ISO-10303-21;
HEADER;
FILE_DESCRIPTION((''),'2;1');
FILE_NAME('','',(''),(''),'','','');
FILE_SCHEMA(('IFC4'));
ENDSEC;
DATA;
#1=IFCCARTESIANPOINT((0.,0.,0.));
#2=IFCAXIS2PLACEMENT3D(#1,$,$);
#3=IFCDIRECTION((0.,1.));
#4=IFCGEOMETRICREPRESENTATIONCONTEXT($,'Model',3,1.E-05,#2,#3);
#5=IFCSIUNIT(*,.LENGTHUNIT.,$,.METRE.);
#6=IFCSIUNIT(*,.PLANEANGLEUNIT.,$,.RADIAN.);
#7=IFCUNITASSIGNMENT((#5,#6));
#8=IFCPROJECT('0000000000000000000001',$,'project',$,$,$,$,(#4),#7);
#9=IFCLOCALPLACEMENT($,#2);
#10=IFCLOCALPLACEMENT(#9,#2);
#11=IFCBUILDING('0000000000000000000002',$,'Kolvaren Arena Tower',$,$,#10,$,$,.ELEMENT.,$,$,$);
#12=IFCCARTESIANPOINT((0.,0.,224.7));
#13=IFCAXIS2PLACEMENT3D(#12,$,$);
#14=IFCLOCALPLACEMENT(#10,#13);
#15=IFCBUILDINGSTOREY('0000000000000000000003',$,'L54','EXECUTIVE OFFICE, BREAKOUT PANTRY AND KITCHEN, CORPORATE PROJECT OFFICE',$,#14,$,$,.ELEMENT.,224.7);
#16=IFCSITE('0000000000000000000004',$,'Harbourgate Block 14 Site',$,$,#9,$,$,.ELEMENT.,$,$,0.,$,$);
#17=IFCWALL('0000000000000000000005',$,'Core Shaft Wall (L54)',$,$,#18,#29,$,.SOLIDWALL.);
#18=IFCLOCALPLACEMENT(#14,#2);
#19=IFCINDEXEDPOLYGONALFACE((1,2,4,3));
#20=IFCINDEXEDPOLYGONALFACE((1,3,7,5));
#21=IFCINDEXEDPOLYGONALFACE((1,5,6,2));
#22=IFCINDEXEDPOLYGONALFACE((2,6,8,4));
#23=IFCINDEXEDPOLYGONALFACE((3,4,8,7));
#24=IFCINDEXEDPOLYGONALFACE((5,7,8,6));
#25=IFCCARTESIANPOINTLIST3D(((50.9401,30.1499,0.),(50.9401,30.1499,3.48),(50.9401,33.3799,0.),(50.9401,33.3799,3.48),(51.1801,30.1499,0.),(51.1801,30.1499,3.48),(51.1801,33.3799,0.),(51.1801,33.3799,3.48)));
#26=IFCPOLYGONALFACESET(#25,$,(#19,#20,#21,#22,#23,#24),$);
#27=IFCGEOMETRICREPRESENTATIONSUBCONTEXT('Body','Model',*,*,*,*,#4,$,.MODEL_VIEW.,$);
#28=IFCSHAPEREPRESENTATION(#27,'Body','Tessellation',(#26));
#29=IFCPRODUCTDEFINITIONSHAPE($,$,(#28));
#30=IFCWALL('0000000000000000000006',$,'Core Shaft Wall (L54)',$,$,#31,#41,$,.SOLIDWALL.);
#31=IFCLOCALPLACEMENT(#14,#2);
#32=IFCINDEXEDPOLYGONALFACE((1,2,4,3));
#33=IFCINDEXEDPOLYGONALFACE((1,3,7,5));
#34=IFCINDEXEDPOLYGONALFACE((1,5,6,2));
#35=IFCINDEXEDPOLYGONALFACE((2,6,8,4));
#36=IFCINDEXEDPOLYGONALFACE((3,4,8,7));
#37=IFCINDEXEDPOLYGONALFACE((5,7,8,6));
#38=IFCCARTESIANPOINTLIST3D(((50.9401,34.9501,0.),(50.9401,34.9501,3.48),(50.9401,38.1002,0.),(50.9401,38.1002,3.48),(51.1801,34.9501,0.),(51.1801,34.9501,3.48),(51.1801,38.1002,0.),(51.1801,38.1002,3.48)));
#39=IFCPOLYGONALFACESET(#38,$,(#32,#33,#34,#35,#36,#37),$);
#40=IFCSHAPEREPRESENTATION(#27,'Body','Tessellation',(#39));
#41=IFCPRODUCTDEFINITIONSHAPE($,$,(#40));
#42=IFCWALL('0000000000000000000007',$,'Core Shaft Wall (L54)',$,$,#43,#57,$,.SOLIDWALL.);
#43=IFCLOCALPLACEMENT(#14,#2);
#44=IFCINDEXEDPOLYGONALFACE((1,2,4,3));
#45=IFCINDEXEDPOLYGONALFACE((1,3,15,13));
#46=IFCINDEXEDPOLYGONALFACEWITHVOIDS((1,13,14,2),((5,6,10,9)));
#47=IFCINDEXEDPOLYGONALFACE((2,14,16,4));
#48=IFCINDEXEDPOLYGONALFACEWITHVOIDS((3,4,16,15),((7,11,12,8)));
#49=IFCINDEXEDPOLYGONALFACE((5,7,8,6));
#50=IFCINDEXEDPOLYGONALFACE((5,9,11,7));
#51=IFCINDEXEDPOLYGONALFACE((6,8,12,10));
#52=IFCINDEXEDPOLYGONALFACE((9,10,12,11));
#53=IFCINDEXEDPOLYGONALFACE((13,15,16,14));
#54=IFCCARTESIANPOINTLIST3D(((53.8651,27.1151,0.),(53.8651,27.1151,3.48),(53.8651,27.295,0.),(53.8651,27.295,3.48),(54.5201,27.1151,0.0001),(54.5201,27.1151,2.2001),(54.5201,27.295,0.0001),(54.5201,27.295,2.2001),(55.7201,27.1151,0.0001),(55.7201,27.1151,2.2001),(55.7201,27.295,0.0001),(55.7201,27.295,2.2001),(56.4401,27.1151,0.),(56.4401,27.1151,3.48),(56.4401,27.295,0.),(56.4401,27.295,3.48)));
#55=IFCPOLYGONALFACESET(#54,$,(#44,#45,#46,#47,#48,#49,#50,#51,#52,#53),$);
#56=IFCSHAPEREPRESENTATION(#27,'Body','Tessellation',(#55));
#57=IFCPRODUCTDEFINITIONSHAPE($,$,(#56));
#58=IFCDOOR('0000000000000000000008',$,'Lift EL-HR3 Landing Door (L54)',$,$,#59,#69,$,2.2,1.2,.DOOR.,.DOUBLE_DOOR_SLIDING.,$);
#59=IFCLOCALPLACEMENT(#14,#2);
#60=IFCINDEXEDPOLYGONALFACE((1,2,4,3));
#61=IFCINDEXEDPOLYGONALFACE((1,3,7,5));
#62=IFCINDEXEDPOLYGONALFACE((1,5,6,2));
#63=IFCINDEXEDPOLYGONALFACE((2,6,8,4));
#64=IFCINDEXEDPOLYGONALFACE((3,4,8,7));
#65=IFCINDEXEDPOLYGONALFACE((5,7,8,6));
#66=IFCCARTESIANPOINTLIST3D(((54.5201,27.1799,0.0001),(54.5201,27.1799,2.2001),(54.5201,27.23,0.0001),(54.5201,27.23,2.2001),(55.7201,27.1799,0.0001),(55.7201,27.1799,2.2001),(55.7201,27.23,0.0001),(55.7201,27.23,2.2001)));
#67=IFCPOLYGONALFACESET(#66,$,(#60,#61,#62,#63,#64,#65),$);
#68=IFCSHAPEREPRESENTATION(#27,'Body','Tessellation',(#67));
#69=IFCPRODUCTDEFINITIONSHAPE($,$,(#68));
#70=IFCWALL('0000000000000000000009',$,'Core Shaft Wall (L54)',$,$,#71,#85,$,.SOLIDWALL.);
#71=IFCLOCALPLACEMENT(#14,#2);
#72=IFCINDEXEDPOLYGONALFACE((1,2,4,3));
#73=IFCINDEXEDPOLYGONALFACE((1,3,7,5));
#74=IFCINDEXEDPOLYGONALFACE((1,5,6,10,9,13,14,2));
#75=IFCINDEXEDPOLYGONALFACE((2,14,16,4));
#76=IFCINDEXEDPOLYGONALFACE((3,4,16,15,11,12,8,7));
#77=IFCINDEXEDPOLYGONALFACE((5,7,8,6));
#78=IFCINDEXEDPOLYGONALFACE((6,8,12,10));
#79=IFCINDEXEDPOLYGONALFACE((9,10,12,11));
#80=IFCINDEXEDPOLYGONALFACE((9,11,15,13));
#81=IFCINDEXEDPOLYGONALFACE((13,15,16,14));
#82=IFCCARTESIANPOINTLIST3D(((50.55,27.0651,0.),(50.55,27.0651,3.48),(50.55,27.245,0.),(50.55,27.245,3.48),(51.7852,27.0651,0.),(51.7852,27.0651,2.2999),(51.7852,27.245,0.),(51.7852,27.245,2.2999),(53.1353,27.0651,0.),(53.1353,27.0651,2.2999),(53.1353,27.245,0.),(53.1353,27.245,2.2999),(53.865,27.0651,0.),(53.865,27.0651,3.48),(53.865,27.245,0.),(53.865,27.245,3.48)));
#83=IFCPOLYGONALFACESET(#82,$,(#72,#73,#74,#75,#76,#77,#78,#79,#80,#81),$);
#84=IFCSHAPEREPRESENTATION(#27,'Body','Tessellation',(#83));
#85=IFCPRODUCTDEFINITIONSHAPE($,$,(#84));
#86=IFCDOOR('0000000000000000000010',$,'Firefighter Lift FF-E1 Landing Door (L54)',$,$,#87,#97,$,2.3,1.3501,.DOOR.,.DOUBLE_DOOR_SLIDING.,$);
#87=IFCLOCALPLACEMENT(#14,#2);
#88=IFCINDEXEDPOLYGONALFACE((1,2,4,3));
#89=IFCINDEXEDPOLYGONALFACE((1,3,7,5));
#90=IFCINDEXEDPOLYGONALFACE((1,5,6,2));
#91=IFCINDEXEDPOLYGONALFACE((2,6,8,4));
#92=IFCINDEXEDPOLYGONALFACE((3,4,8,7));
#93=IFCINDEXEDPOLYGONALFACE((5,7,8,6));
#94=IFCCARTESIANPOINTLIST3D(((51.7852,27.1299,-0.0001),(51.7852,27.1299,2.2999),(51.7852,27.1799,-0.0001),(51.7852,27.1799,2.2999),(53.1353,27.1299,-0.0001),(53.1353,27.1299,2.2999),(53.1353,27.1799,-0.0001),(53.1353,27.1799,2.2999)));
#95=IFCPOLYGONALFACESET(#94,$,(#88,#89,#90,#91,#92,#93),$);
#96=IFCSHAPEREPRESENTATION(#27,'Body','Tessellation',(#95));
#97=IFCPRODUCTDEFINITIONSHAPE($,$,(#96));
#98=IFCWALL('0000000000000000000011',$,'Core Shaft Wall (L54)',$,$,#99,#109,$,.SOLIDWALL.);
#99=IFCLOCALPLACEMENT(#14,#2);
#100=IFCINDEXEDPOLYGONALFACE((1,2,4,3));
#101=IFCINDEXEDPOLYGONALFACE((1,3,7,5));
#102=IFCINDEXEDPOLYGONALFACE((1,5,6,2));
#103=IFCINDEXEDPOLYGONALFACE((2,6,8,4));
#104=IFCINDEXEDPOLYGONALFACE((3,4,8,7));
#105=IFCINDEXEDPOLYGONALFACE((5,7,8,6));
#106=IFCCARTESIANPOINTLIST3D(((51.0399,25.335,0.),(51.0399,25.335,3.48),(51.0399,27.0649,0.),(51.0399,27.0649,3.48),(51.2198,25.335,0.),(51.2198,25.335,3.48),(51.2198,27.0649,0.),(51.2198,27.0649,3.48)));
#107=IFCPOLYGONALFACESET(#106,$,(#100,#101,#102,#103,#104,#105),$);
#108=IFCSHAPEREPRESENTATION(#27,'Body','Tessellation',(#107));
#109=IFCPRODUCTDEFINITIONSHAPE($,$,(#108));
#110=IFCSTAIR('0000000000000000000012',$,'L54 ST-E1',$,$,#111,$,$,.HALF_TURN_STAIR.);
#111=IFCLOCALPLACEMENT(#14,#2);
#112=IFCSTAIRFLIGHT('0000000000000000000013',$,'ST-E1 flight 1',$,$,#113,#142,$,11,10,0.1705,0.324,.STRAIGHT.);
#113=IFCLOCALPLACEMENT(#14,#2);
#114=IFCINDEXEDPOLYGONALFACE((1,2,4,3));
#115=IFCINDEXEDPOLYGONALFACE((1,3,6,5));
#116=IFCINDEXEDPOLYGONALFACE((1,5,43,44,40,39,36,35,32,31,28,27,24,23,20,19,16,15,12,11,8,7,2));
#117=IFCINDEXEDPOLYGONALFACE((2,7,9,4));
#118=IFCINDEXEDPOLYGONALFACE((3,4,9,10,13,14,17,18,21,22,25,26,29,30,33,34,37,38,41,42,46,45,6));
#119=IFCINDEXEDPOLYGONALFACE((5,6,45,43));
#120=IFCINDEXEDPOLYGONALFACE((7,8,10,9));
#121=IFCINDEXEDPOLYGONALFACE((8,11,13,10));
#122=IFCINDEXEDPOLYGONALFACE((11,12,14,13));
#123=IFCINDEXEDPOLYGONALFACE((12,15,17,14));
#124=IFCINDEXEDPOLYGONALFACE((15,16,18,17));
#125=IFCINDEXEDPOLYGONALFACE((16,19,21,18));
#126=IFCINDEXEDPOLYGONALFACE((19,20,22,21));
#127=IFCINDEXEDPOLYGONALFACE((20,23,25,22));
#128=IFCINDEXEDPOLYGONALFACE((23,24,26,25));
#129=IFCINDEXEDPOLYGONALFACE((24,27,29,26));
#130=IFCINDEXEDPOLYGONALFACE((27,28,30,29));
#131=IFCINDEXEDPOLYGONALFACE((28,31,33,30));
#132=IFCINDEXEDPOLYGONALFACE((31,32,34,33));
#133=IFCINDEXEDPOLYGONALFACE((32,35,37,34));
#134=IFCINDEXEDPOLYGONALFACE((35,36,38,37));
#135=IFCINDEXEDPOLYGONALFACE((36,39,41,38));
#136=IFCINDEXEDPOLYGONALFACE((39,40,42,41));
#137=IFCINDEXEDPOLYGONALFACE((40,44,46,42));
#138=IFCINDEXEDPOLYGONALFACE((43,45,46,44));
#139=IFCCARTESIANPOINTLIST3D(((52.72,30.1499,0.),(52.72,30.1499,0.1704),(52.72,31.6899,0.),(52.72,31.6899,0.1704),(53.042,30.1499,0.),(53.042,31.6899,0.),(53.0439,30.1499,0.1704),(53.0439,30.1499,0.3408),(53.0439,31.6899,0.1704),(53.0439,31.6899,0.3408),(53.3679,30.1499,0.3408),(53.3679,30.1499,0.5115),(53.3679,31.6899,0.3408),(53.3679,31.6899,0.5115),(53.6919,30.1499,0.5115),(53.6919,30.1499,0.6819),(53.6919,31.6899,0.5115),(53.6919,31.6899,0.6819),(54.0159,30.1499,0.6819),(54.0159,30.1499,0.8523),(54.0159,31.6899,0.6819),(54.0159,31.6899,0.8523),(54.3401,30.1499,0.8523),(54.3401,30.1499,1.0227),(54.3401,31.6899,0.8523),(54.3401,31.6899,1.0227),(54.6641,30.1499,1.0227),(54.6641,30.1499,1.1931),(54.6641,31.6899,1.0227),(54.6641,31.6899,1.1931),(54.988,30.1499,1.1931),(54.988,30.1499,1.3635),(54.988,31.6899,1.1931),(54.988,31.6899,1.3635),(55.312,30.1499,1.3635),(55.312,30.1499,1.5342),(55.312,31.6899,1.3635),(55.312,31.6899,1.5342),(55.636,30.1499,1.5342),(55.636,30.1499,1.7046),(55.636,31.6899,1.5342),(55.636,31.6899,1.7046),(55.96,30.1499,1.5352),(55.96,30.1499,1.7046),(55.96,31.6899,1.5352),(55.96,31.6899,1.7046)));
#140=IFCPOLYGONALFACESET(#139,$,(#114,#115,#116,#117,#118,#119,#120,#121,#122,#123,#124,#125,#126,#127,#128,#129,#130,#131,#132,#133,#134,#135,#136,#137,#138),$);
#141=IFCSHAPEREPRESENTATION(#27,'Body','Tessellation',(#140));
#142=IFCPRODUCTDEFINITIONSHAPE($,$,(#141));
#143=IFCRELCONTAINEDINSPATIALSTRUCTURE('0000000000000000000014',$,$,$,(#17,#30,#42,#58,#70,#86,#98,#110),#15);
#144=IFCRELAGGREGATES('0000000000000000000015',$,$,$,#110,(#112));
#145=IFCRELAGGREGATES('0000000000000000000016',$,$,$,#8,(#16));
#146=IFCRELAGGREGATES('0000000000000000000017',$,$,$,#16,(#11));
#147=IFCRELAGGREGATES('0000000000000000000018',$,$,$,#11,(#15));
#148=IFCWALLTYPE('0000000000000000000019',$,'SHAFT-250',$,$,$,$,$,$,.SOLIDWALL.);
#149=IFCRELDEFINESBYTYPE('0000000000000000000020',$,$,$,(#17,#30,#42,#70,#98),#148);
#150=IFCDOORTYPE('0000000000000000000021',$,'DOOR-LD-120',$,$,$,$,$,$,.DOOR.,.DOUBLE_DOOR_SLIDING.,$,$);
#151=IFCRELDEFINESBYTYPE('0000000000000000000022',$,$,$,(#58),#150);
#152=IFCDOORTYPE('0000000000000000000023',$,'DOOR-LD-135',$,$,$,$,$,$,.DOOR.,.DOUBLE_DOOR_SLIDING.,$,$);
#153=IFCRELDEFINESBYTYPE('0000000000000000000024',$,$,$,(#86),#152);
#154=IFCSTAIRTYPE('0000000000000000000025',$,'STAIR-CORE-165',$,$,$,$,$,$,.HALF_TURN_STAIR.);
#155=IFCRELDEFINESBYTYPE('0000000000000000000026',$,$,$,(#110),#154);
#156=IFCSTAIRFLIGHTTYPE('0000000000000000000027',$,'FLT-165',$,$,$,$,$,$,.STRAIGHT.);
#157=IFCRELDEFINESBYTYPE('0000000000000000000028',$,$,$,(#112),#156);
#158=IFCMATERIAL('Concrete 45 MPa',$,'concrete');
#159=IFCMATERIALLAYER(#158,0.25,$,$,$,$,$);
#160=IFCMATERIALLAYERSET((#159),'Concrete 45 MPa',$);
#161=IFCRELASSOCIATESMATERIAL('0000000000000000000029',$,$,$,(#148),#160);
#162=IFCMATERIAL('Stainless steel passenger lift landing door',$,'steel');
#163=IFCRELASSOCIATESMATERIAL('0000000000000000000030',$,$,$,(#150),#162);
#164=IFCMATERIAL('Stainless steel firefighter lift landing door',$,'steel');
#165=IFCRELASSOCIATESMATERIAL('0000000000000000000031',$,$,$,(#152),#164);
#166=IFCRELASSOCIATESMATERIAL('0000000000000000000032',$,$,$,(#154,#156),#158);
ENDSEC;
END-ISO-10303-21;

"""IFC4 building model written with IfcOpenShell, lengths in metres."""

from ifc_helpers import new_model, si_unit, direction, frame, frame_2d, origin, place, context, subcontext, project, spatial, polyline, rectangle, outline, extrude, material, layer, layer_set, type_object, element, fill, aggregate, save


model = new_model("IFC4")

# Units and contexts
model_context = context("Model", 3, precision=1e-05, world=origin(), true_north=direction((0.0, 1.0)))
body_context = subcontext(model_context, "Body", "Model", "MODEL_VIEW")
ifc_project = project(units=[si_unit("LENGTHUNIT", "METRE"), si_unit("PLANEANGLEUNIT", "RADIAN")], contexts=[model_context])

# Site, building, storey
site_placement = place(None, origin())
site = spatial("IfcSite", under=ifc_project, at=site_placement, Name="Harbourgate Block 14 Site", CompositionType="ELEMENT", RefElevation=0.0)
building_placement = place(site_placement, origin())
building = spatial("IfcBuilding", under=site, at=building_placement, Name="Kolvaren Arena Tower", CompositionType="ELEMENT")
storey_placement = place(building_placement, frame((0.0, 0.0, 224.7)))
storey = spatial("IfcBuildingStorey", under=building, at=storey_placement, Name="L54", Description="EXECUTIVE OFFICE, BREAKOUT PANTRY AND KITCHEN, CORPORATE PROJECT OFFICE", CompositionType="ELEMENT", Elevation=224.7)

# Walls
ifc_material_1 = material(Name="Concrete 45 MPa", Category="concrete")
ifc_layer_1 = layer(ifc_material_1, 0.25)
ifc_layer_set_1 = layer_set([ifc_layer_1], Name="Concrete 45 MPa")
wall_type_1 = type_object("IfcWallType", Name="SHAFT-250", PredefinedType="SOLIDWALL", material=ifc_layer_set_1)
wall_1_placement = place(storey_placement, frame((51.0601, 30.1499, 0.0), z_axis=(0.0, 0.0, 1.0), x_axis=(0.0, 1.0, 0.0)))
element("IfcWall", 1, at=wall_1_placement, inside=storey, type_object=wall_type_1, Name="Core Shaft Wall (L54)", PredefinedType="SOLIDWALL", context=body_context, shape_type="SweptSolid", body=[
    extrude(rectangle(XDim=3.23, YDim=0.24, at=frame_2d((1.615, 0.0))), origin(), (0.0, 0.0, 1.0), 3.48),
])
wall_2_placement = place(storey_placement, frame((51.0601, 34.95, 0.0), z_axis=(0.0, 0.0, 1.0), x_axis=(0.0, 1.0, 0.0)))
element("IfcWall", 2, at=wall_2_placement, inside=storey, type_object=wall_type_1, Name="Core Shaft Wall (L54)", PredefinedType="SOLIDWALL", context=body_context, shape_type="SweptSolid", body=[
    extrude(rectangle(XDim=3.1501, YDim=0.24, at=frame_2d((1.5752, 0.0))), origin(), (0.0, 0.0, 1.0), 3.48),
])

# Walls, openings, doors
wall_3_placement = place(storey_placement, frame((53.865, 27.2051, 0.0), z_axis=(0.0, 0.0, 1.0), x_axis=(1.0, 0.0, 0.0)))
wall_3 = element("IfcWall", 3, at=wall_3_placement, inside=storey, type_object=wall_type_1, Name="Core Shaft Wall (L54)", PredefinedType="SOLIDWALL", context=body_context, shape_type="SweptSolid", body=[
    extrude(rectangle(XDim=2.575, YDim=0.1799, at=frame_2d((1.2876, 0.0))), origin(), (0.0, 0.0, 1.0), 3.48),
])
opening_1_placement = place(wall_3_placement, frame((0.655, 0.0, 0.0)))
opening_1 = element("IfcOpeningElement", 4, at=opening_1_placement, cuts=wall_3, PredefinedType="OPENING", context=body_context, shape_type="SweptSolid", body=[
    extrude(rectangle(XDim=1.2, YDim=2.2, at=frame_2d((0.6001, 1.1001))), frame((0.0, 0.0999, 0.0), z_axis=(0.0, -1.0, 0.0), x_axis=(1.0, 0.0, 0.0)), (0.0, 0.0, 1.0), 0.2),
])
ifc_material_2 = material(Name="Stainless steel passenger lift landing door", Category="steel")
door_type_1 = type_object("IfcDoorType", Name="DOOR-LD-120", OperationType="DOUBLE_DOOR_SLIDING", PredefinedType="DOOR", material=ifc_material_2)
door_1_placement = place(opening_1_placement, origin())
door_1 = element("IfcDoor", 5, at=door_1_placement, inside=storey, type_object=door_type_1, Name="Lift EL-HR3 Landing Door (L54)", OperationType="DOUBLE_DOOR_SLIDING", OverallHeight=2.2, OverallWidth=1.2, PredefinedType="DOOR", context=body_context, shape_type="SweptSolid", body=[
    extrude(rectangle(XDim=1.2, YDim=2.2, at=frame_2d((0.6001, 1.1001))), frame((0.0, 0.0249, 0.0), z_axis=(0.0, -1.0, 0.0), x_axis=(1.0, 0.0, 0.0)), (0.0, 0.0, 1.0), 0.05),
])
fill(opening_1, door_1)
wall_4_placement = place(storey_placement, frame((50.55, 27.155, 0.0), z_axis=(0.0, 0.0, 1.0), x_axis=(1.0, 0.0, 0.0)))
wall_4 = element("IfcWall", 6, at=wall_4_placement, inside=storey, type_object=wall_type_1, Name="Core Shaft Wall (L54)", PredefinedType="SOLIDWALL", context=body_context, shape_type="SweptSolid", body=[
    extrude(rectangle(XDim=3.3149, YDim=0.1799, at=frame_2d((1.6575, 0.0))), origin(), (0.0, 0.0, 1.0), 3.48),
])
opening_2_placement = place(wall_4_placement, frame((1.2351, 0.0, 0.0)))
opening_2 = element("IfcOpeningElement", 7, at=opening_2_placement, cuts=wall_4, PredefinedType="OPENING", context=body_context, shape_type="SweptSolid", body=[
    extrude(rectangle(XDim=1.3501, YDim=2.3, at=frame_2d((0.675, 1.1499))), frame((0.0, 0.0999, 0.0), z_axis=(0.0, -1.0, 0.0), x_axis=(1.0, 0.0, 0.0)), (0.0, 0.0, 1.0), 0.2),
])
ifc_material_3 = material(Name="Stainless steel firefighter lift landing door", Category="steel")
door_type_2 = type_object("IfcDoorType", Name="DOOR-LD-135", OperationType="DOUBLE_DOOR_SLIDING", PredefinedType="DOOR", material=ifc_material_3)
door_2_placement = place(opening_2_placement, origin())
door_2 = element("IfcDoor", 8, at=door_2_placement, inside=storey, type_object=door_type_2, Name="Firefighter Lift FF-E1 Landing Door (L54)", OperationType="DOUBLE_DOOR_SLIDING", OverallHeight=2.3, OverallWidth=1.3501, PredefinedType="DOOR", context=body_context, shape_type="SweptSolid", body=[
    extrude(rectangle(XDim=1.3501, YDim=2.3, at=frame_2d((0.675, 1.1499))), frame((0.0, 0.0249, 0.0), z_axis=(0.0, -1.0, 0.0), x_axis=(1.0, 0.0, 0.0)), (0.0, 0.0, 1.0), 0.05),
])
fill(opening_2, door_2)

# Wall
wall_5_placement = place(storey_placement, frame((51.1299, 25.335, 0.0), z_axis=(0.0, 0.0, 1.0), x_axis=(0.0, 1.0, 0.0)))
element("IfcWall", 9, at=wall_5_placement, inside=storey, type_object=wall_type_1, Name="Core Shaft Wall (L54)", PredefinedType="SOLIDWALL", context=body_context, shape_type="SweptSolid", body=[
    extrude(rectangle(XDim=1.73, YDim=0.1799, at=frame_2d((0.865, 0.0))), origin(), (0.0, 0.0, 1.0), 3.48),
])

# Stair, stair flight
stair_type = type_object("IfcStairType", Name="STAIR-CORE-165", PredefinedType="HALF_TURN_STAIR", material=ifc_material_1)
stair_placement = place(storey_placement, origin())
stair = element("IfcStair", 10, at=stair_placement, inside=storey, type_object=stair_type, Name="L54 ST-E1", PredefinedType="HALF_TURN_STAIR")
stair_flight_type = type_object("IfcStairFlightType", Name="FLT-165", PredefinedType="STRAIGHT", material=ifc_material_1)
stair_flight_placement = place(storey_placement, frame((52.72, 30.9199, 0.0), z_axis=(0.0, 0.0, 1.0), x_axis=(1.0, 0.0, 0.0)))
stair_flight = element("IfcStairFlight", 11, at=stair_flight_placement, type_object=stair_flight_type, Name="ST-E1 flight 1", NumberOfRisers=11, NumberOfTreads=10, PredefinedType="STRAIGHT", RiserHeight=0.1705, TreadLength=0.324, context=body_context, shape_type="SweptSolid", body=[
    extrude(outline(polyline([(0.0, 0.0), (0.0, 0.1704), (0.324, 0.1704), (0.324, 0.3408), (0.6479, 0.3408), (0.6479, 0.5115), (0.9719, 0.5115), (0.9719, 0.6819), (1.2959, 0.6819), (1.2959, 0.8523), (1.6201, 0.8523), (1.6201, 1.0227), (1.9441, 1.0227), (1.9441, 1.1931), (2.2681, 1.1931), (2.2681, 1.3635), (2.592, 1.3635), (2.592, 1.5342), (2.916, 1.5342), (2.916, 1.7046), (3.24, 1.7046), (3.24, 1.875), (3.24, 1.5352), (0.322, 0.0), (0.0, 0.0)])), frame((0.0, 0.77, 0.0), z_axis=(0.0, -1.0, 0.0), x_axis=(1.0, 0.0, 0.0)), (0.0, 0.0, 1.0), 1.54),
])
aggregate(stair, [stair_flight])

save(model, "model.ifc")
